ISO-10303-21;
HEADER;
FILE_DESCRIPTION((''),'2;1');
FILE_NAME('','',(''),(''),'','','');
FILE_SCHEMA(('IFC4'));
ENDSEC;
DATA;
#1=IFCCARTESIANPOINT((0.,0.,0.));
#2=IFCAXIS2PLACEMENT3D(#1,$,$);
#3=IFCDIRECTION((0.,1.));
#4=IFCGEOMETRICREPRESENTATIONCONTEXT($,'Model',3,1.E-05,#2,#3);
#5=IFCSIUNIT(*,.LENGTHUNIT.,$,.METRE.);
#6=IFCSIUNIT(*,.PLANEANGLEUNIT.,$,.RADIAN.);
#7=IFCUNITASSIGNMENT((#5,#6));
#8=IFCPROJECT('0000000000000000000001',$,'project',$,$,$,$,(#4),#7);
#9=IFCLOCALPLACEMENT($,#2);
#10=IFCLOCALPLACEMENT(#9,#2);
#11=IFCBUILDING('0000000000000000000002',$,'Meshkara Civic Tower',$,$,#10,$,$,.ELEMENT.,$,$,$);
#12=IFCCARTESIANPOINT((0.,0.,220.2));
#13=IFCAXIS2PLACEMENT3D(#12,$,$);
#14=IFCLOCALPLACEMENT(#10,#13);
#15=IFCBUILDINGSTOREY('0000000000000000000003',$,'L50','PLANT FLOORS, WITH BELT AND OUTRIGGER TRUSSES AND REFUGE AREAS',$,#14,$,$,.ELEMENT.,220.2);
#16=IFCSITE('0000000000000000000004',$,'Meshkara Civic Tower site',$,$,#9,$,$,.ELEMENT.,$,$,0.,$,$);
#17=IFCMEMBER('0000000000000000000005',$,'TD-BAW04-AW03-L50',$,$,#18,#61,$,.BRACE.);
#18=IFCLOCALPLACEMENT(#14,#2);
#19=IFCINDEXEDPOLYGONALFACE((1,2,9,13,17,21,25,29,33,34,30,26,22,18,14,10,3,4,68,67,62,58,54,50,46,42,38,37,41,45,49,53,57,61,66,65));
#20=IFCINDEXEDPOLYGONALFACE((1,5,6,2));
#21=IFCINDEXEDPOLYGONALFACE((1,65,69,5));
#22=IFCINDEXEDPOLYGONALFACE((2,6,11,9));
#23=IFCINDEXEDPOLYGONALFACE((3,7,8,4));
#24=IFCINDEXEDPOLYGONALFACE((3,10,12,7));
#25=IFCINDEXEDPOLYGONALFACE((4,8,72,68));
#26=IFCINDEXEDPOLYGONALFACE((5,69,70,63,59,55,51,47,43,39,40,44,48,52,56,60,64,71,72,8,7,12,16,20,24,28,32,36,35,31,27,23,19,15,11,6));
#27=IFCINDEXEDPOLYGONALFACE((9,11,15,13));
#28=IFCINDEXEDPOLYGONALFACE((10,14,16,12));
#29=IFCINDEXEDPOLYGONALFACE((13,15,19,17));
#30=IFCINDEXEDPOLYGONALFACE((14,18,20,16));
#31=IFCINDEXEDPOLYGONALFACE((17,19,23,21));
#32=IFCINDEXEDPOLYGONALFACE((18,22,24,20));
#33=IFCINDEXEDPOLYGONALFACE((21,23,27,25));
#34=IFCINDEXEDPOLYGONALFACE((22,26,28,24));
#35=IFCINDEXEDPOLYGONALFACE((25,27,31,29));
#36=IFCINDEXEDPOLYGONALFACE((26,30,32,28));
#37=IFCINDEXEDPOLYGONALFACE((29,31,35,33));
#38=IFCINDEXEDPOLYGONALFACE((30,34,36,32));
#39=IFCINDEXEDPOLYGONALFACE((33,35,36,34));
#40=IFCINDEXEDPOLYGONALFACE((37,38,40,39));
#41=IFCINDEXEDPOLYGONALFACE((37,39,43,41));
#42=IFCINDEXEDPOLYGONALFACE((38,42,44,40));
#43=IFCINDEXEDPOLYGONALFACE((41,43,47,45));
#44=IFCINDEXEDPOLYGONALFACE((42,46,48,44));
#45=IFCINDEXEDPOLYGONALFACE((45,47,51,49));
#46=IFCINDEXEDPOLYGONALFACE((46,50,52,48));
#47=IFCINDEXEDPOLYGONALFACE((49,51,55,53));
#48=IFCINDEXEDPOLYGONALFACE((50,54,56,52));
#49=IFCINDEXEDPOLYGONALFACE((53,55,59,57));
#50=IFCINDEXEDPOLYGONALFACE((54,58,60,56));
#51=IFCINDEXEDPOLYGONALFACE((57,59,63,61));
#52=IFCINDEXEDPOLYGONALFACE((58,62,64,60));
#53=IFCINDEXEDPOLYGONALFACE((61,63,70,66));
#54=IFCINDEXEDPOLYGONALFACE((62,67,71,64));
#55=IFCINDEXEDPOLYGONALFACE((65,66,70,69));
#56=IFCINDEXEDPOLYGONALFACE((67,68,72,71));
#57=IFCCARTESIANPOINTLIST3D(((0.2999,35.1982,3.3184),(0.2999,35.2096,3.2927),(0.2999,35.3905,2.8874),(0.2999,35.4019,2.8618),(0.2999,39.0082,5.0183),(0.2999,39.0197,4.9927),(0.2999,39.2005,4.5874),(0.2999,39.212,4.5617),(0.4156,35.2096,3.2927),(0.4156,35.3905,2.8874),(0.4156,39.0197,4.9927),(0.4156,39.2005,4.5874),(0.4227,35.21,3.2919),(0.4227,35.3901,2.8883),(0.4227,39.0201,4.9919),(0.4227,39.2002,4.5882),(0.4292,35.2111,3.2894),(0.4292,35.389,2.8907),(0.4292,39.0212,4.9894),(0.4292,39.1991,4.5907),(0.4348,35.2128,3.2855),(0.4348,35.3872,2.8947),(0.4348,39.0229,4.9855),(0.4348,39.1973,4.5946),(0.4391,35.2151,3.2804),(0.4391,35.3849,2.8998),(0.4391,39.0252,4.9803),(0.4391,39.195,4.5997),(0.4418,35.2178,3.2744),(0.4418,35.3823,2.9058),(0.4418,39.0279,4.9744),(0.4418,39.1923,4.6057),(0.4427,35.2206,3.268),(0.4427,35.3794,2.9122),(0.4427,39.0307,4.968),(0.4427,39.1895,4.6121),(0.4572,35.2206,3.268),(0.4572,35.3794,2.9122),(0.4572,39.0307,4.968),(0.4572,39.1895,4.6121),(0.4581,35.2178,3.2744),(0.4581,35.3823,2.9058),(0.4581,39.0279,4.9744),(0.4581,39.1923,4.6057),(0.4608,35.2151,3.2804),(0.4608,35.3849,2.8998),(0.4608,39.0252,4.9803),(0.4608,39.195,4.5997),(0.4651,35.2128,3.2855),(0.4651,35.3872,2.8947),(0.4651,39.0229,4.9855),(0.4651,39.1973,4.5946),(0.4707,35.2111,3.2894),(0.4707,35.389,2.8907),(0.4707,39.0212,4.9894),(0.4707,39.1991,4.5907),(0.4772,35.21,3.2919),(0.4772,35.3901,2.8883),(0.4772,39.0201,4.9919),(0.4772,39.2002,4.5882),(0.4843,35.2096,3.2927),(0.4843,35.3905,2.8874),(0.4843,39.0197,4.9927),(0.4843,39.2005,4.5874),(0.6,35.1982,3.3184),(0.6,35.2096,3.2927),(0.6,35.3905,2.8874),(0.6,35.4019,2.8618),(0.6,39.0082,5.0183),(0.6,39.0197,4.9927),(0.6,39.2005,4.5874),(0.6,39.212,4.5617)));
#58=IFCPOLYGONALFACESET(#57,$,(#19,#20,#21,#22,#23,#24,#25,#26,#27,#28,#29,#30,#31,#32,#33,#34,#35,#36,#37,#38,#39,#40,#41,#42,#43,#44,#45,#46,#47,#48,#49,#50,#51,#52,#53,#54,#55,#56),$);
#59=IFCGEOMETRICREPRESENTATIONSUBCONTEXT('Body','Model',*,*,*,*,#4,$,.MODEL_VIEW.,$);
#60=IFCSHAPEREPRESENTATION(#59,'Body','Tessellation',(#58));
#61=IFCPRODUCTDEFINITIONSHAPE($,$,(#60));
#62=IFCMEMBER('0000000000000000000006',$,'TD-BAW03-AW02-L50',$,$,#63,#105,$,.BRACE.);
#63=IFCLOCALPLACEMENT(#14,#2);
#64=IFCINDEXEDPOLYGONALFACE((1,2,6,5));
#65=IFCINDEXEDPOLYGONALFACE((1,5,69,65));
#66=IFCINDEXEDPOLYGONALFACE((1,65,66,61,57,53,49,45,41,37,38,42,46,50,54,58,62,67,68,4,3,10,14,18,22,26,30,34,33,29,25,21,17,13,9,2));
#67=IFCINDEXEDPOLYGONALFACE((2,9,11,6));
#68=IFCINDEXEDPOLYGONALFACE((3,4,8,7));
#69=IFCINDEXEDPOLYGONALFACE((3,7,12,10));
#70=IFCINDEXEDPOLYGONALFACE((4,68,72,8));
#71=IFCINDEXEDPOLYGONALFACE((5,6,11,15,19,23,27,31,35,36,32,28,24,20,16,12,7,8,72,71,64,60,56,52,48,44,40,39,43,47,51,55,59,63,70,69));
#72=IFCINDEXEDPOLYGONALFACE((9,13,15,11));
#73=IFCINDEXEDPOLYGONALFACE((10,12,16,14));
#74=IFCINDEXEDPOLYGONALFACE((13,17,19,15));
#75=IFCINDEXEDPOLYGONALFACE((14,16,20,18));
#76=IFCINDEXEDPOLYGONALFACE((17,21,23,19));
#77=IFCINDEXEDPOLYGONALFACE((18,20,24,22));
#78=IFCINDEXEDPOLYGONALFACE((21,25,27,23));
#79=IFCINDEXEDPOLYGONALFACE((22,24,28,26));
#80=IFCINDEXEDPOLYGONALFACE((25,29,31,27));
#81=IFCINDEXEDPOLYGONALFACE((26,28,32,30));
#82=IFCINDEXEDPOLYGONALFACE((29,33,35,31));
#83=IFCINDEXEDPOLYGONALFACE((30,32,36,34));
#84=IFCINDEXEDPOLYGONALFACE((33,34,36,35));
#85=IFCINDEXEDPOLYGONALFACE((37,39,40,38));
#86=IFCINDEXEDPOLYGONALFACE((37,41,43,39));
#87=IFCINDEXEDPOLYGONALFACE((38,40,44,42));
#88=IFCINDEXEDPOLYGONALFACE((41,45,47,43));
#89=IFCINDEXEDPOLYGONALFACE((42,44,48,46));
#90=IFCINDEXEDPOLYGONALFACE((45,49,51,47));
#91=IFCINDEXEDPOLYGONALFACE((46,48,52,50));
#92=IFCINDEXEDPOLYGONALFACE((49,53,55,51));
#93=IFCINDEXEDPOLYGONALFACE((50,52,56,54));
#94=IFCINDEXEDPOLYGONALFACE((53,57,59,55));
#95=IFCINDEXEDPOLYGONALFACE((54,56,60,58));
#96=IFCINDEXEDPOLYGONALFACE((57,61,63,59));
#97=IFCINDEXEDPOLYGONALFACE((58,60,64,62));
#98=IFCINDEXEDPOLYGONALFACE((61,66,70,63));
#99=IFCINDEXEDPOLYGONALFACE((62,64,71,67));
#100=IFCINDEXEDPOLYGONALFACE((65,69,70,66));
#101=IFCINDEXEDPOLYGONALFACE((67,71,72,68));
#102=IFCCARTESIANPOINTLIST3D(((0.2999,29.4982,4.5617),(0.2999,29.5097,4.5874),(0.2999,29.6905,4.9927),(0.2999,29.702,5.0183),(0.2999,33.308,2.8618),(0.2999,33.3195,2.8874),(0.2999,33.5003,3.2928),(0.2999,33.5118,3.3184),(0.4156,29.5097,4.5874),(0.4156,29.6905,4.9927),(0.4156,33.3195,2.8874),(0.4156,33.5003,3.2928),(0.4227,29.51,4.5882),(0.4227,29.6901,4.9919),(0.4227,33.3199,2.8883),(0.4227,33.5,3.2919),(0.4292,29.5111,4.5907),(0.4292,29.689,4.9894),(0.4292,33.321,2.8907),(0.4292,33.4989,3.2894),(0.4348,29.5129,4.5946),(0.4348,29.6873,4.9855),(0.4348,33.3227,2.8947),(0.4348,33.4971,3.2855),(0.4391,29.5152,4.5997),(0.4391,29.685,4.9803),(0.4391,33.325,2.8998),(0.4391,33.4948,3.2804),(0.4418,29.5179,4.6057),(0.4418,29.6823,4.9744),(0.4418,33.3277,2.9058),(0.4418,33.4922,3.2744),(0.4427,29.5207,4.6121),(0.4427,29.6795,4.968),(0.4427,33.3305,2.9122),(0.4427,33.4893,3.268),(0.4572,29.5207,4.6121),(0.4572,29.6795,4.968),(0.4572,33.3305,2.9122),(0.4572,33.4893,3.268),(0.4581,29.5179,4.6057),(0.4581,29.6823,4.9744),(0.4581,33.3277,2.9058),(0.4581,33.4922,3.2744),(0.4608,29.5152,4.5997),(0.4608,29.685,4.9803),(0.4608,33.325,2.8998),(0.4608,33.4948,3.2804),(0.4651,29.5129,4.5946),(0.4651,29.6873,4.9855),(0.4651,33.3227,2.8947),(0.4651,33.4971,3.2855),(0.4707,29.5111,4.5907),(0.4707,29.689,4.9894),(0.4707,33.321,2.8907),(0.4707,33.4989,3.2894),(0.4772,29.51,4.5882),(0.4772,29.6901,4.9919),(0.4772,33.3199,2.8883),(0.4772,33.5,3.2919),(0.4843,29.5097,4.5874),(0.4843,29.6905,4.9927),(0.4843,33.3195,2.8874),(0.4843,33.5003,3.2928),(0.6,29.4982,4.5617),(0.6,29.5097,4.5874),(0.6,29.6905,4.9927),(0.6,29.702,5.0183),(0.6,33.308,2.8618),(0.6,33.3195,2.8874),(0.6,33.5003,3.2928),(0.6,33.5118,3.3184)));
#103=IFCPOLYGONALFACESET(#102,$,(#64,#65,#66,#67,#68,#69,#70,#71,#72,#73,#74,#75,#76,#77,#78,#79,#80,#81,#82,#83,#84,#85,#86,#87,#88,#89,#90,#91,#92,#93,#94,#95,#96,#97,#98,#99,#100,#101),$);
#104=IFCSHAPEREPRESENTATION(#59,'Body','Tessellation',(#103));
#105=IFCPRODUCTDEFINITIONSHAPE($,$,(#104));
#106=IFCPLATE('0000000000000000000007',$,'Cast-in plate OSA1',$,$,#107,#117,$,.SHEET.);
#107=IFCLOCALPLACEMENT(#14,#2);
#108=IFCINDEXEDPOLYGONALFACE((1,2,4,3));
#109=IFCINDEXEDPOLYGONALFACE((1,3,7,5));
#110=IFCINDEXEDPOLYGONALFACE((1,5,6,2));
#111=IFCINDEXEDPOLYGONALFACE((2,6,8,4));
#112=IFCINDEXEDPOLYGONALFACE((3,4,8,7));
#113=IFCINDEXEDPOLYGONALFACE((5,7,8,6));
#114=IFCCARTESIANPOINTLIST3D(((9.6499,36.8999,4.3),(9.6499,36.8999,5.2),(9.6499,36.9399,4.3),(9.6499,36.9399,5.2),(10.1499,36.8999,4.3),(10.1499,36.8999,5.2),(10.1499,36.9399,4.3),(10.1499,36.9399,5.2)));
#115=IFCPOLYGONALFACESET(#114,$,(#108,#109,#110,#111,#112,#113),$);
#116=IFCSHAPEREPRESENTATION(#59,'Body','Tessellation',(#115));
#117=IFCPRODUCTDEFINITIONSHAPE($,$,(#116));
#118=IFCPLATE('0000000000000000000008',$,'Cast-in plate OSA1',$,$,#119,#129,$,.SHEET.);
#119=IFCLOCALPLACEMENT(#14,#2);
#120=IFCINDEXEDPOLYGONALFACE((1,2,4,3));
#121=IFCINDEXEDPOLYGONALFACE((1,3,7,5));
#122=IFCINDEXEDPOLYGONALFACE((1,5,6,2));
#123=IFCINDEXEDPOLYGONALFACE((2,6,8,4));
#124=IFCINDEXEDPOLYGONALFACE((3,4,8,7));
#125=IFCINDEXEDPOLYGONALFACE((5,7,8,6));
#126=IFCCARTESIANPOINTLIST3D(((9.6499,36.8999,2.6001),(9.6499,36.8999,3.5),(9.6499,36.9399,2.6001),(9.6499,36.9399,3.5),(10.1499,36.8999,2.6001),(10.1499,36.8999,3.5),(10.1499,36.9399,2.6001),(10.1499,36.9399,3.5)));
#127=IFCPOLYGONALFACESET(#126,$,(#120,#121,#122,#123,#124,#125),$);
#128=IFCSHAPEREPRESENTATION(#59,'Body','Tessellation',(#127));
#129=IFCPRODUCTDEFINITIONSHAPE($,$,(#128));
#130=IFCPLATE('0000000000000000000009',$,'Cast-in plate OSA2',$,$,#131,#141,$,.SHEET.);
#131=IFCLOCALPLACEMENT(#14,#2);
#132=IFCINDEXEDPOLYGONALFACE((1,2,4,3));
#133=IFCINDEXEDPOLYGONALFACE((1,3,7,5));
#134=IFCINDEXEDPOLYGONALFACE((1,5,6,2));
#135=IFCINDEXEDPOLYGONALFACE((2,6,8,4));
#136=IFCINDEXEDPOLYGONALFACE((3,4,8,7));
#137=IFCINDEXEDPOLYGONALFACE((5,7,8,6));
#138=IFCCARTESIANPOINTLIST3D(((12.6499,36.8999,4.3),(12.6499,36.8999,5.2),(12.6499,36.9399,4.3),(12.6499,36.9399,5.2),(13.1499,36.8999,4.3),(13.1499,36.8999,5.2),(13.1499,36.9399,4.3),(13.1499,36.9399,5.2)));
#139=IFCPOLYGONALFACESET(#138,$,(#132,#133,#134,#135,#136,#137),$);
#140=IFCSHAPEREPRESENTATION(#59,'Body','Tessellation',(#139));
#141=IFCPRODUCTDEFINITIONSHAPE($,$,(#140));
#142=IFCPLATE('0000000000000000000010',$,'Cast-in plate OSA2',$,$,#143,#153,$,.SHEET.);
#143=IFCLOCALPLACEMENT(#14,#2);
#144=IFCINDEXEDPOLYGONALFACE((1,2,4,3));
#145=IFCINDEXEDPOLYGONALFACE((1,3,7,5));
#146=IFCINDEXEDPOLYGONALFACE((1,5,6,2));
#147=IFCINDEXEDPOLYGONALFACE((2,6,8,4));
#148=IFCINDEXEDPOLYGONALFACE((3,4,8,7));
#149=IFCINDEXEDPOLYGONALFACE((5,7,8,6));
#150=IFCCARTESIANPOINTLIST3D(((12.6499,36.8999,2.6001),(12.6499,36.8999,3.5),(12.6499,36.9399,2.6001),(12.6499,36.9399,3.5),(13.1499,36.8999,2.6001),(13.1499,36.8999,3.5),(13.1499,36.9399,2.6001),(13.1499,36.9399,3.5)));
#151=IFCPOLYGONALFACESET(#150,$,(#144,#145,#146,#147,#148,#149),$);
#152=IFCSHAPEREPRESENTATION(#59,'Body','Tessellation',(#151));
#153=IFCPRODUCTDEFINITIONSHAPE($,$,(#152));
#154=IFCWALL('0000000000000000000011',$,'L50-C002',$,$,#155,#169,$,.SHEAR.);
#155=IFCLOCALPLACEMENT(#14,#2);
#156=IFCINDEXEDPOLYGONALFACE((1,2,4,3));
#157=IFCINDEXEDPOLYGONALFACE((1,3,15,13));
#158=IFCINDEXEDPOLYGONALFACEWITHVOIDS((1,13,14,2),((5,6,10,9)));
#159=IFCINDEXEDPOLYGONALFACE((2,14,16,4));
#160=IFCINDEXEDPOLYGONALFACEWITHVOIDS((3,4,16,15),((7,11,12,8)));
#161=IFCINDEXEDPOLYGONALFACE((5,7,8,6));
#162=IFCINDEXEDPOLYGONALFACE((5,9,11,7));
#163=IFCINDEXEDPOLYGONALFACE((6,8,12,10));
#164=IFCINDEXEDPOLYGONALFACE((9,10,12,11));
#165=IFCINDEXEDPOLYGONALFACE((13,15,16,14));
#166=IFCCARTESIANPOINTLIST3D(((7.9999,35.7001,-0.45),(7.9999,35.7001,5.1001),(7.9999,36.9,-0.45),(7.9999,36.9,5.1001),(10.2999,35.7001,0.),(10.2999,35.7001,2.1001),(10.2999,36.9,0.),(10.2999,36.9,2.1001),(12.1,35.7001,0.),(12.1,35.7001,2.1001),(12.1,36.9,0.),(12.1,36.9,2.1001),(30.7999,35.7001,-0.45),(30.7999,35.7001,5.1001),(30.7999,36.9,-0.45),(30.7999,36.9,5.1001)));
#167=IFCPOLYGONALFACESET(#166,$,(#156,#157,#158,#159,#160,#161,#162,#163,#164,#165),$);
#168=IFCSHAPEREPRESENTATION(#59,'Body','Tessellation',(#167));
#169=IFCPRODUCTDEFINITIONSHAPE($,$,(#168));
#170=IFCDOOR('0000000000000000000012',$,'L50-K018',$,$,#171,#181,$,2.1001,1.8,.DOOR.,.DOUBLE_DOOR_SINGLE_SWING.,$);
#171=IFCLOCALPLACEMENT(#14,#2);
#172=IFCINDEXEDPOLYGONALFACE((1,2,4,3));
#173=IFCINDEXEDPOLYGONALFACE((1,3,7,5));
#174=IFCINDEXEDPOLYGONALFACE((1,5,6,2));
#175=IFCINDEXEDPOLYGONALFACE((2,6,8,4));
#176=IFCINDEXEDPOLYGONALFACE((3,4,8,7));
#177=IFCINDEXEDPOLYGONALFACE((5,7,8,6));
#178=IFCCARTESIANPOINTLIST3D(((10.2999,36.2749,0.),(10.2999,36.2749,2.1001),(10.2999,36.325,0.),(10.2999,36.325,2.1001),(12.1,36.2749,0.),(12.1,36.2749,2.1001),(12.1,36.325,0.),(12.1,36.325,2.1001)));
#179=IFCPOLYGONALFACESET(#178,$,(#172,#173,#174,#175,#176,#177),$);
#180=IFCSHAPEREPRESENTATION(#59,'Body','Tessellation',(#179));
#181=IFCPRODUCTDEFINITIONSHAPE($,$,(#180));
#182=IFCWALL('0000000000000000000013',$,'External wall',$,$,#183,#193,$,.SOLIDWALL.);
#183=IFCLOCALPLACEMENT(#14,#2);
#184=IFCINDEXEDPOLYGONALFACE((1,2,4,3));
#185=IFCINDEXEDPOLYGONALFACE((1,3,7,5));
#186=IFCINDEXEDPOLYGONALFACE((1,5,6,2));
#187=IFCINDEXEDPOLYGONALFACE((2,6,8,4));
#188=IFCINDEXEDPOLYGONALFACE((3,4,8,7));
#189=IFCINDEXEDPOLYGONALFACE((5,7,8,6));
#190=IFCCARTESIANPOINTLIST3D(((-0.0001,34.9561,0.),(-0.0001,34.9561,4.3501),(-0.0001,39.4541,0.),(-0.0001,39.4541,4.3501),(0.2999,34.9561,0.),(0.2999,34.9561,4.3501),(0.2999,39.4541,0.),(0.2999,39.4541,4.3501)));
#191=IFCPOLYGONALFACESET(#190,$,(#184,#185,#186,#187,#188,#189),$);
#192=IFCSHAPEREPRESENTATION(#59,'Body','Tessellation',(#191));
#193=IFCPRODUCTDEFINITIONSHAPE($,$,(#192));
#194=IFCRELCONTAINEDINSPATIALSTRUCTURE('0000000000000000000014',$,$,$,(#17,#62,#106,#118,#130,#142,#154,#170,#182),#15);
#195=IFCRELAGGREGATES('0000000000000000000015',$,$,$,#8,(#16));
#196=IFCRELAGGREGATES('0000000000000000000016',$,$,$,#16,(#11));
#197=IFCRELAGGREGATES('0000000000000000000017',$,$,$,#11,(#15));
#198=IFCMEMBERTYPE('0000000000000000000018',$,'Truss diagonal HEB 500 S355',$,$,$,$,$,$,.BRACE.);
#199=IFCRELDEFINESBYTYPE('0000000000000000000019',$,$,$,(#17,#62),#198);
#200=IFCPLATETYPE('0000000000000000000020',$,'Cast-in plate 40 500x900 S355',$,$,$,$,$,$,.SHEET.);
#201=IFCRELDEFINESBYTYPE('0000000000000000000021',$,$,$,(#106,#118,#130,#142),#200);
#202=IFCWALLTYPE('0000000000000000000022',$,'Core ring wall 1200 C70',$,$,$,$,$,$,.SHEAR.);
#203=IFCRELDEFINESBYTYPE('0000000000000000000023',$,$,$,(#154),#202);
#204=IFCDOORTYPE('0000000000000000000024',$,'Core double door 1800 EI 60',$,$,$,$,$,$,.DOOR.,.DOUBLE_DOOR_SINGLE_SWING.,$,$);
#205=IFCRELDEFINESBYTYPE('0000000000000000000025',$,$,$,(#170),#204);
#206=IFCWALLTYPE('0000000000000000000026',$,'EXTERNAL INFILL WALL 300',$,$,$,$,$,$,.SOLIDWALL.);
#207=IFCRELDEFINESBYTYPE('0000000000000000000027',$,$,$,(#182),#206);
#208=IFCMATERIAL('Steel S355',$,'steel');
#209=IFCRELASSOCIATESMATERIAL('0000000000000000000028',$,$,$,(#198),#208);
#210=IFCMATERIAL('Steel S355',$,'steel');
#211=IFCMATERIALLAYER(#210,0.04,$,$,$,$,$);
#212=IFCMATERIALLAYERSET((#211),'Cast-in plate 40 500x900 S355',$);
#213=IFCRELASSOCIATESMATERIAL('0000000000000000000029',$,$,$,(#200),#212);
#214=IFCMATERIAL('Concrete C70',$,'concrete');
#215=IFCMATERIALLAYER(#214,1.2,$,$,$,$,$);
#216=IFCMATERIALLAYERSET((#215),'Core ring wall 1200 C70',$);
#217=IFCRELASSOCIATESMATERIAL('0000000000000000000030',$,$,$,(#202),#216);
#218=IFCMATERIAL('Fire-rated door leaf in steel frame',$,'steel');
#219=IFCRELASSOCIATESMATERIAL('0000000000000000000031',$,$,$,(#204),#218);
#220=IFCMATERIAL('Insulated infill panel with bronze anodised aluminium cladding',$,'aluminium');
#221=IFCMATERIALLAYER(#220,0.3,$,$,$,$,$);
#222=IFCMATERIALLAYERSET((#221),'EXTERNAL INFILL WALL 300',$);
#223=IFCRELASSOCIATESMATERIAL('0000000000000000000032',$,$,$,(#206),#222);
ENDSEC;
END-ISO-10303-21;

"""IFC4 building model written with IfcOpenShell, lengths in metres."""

from ifc_helpers import new_model, si_unit, direction, frame, frame_2d, origin, origin_2d, place, context, subcontext, project, spatial, rectangle, i_section, extrude, material, layer, layer_set, material_profile, profile_set, type_object, element, fill, save


model = new_model("IFC4")

# Units and contexts
model_context = context("Model", 3, precision=1e-05, world=origin(), true_north=direction((0.0, 1.0)))
body_context = subcontext(model_context, "Body", "Model", "MODEL_VIEW")
ifc_project = project(units=[si_unit("LENGTHUNIT", "METRE"), si_unit("PLANEANGLEUNIT", "RADIAN")], contexts=[model_context])

# Site, building, storey
site_placement = place(None, origin())
site = spatial("IfcSite", under=ifc_project, at=site_placement, Name="Meshkara Civic Tower site", CompositionType="ELEMENT", RefElevation=0.0)
building_placement = place(site_placement, origin())
building = spatial("IfcBuilding", under=site, at=building_placement, Name="Meshkara Civic Tower", CompositionType="ELEMENT")
storey_placement = place(building_placement, frame((0.0, 0.0, 220.2)))
storey = spatial("IfcBuildingStorey", under=building, at=storey_placement, Name="L50", Description="PLANT FLOORS, WITH BELT AND OUTRIGGER TRUSSES AND REFUGE AREAS", CompositionType="ELEMENT", Elevation=220.2)

# Members
ifc_material_1 = material(Name="Steel S355", Category="steel")
ifc_material_profile_1 = material_profile(ifc_material_1, i_section(OverallWidth=0.3, OverallDepth=0.5, WebThickness=0.0144, FlangeThickness=0.0281, FilletRadius=0.0271, at=origin_2d()))
ifc_profile_set_1 = profile_set([ifc_material_profile_1], Name="Steel S355")
member_type_1 = type_object("IfcMemberType", Name="Truss diagonal HEB 500 S355", PredefinedType="BRACE", material=ifc_profile_set_1)
member_1_placement = place(storey_placement, frame((0.45, 39.1101, 4.79), z_axis=(0.0, -0.913224, -0.407457), x_axis=(1.0, 0.0, 0.0)))
element("IfcMember", 1, at=member_1_placement, inside=storey, type_object=member_type_1, Name="TD-BAW04-AW03-L50", PredefinedType="BRACE", context=body_context, shape_type="SweptSolid", body=[
    extrude(i_section(OverallWidth=0.3, OverallDepth=0.5, WebThickness=0.0144, FlangeThickness=0.0281, FilletRadius=0.0271, at=origin_2d()), origin(), (0.0, 0.0, 1.0), 4.1721),
])
member_2_placement = place(storey_placement, frame((0.45, 33.4099, 3.0901), z_axis=(0.0, -0.913214, 0.407479), x_axis=(1.0, 0.0, 0.0)))
element("IfcMember", 2, at=member_2_placement, inside=storey, type_object=member_type_1, Name="TD-BAW03-AW02-L50", PredefinedType="BRACE", context=body_context, shape_type="SweptSolid", body=[
    extrude(i_section(OverallWidth=0.3, OverallDepth=0.5, WebThickness=0.0144, FlangeThickness=0.0281, FilletRadius=0.0271, at=origin_2d()), origin(), (0.0, 0.0, 1.0), 4.1719),
])

# Plates
ifc_material_2 = material(Name="Steel S355", Category="steel")
ifc_layer_1 = layer(ifc_material_2, 0.04)
ifc_layer_set_1 = layer_set([ifc_layer_1], Name="Cast-in plate 40 500x900 S355")
plate_type = type_object("IfcPlateType", Name="Cast-in plate 40 500x900 S355", PredefinedType="SHEET", material=ifc_layer_set_1)
for number, where, z_axis, x_axis, name in (
    (3, (9.8999, 36.9199, 4.3), (0.0, 0.0, 1.0), (0.0, 1.0, 0.0), "Cast-in plate OSA1"),
    (4, (9.8999, 36.9199, 2.6001), (0.0, 0.0, 1.0), (0.0, 1.0, 0.0), "Cast-in plate OSA1"),
    (5, (12.8999, 36.9199, 4.3), (0.0, 0.0, 1.0), (0.0, 1.0, 0.0), "Cast-in plate OSA2"),
    (6, (12.8999, 36.9199, 2.6001), (0.0, 0.0, 1.0), (0.0, 1.0, 0.0), "Cast-in plate OSA2"),
):
    element("IfcPlate", number, at=place(storey_placement, frame(where, z_axis=z_axis, x_axis=x_axis)), inside=storey, type_object=plate_type, Name=name, PredefinedType="SHEET", context=body_context, shape_type="SweptSolid", body=[
        extrude(rectangle(XDim=0.04, YDim=0.5, at=origin_2d()), origin(), (0.0, 0.0, 1.0), 0.8999),
    ])

# Wall, opening, door
ifc_material_3 = material(Name="Concrete C70", Category="concrete")
ifc_layer_2 = layer(ifc_material_3, 1.2)
ifc_layer_set_2 = layer_set([ifc_layer_2], Name="Core ring wall 1200 C70")
wall_type_1 = type_object("IfcWallType", Name="Core ring wall 1200 C70", PredefinedType="SHEAR", material=ifc_layer_set_2)
wall_1_placement = place(storey_placement, frame((8.0, 36.3, -0.45), z_axis=(0.0, 0.0, 1.0), x_axis=(1.0, 0.0, 0.0)))
wall_1 = element("IfcWall", 7, at=wall_1_placement, inside=storey, type_object=wall_type_1, Name="L50-C002", PredefinedType="SHEAR", context=body_context, shape_type="SweptSolid", body=[
    extrude(rectangle(XDim=22.8, YDim=1.2, at=frame_2d((11.3999, 0.0))), origin(), (0.0, 0.0, 1.0), 5.55),
])
opening_1_placement = place(wall_1_placement, frame((2.3, 0.0, 0.45)))
opening_1 = element("IfcOpeningElement", 8, at=opening_1_placement, cuts=wall_1, PredefinedType="OPENING", context=body_context, shape_type="SweptSolid", body=[
    extrude(rectangle(XDim=1.8, YDim=2.1001, at=frame_2d((0.8999, 1.05))), frame((0.0, 0.6099, 0.0), z_axis=(0.0, -1.0, 0.0), x_axis=(1.0, 0.0, 0.0)), (0.0, 0.0, 1.0), 1.22),
])
ifc_material_4 = material(Name="Fire-rated door leaf in steel frame", Category="steel")
door_type_1 = type_object("IfcDoorType", Name="Core double door 1800 EI 60", OperationType="DOUBLE_DOOR_SINGLE_SWING", PredefinedType="DOOR", material=ifc_material_4)
door_1_placement = place(opening_1_placement, origin())
door_1 = element("IfcDoor", 9, at=door_1_placement, inside=storey, type_object=door_type_1, Name="L50-K018", OperationType="DOUBLE_DOOR_SINGLE_SWING", OverallHeight=2.1001, OverallWidth=1.8, PredefinedType="DOOR", context=body_context, shape_type="SweptSolid", body=[
    extrude(rectangle(XDim=1.8, YDim=2.1001, at=frame_2d((0.8999, 1.05))), frame((0.0, 0.0249, 0.0), z_axis=(0.0, -1.0, 0.0), x_axis=(1.0, 0.0, 0.0)), (0.0, 0.0, 1.0), 0.05),
])
fill(opening_1, door_1)

# Wall
ifc_material_5 = material(Name="Insulated infill panel with bronze anodised aluminium cladding", Category="aluminium")
ifc_layer_3 = layer(ifc_material_5, 0.3)
ifc_layer_set_3 = layer_set([ifc_layer_3], Name="EXTERNAL INFILL WALL 300")
wall_type_2 = type_object("IfcWallType", Name="EXTERNAL INFILL WALL 300", PredefinedType="SOLIDWALL", material=ifc_layer_set_3)
wall_2_placement = place(storey_placement, frame((0.1499, 39.4541, 0.0), z_axis=(0.0, 0.0, 1.0), x_axis=(0.0, -1.0, 0.0)))
element("IfcWall", 10, at=wall_2_placement, inside=storey, type_object=wall_type_2, Name="External wall", PredefinedType="SOLIDWALL", context=body_context, shape_type="SweptSolid", body=[
    extrude(rectangle(XDim=4.498, YDim=0.3, at=frame_2d((2.249, 0.0))), origin(), (0.0, 0.0, 1.0), 4.3501),
])

save(model, "model.ifc")
